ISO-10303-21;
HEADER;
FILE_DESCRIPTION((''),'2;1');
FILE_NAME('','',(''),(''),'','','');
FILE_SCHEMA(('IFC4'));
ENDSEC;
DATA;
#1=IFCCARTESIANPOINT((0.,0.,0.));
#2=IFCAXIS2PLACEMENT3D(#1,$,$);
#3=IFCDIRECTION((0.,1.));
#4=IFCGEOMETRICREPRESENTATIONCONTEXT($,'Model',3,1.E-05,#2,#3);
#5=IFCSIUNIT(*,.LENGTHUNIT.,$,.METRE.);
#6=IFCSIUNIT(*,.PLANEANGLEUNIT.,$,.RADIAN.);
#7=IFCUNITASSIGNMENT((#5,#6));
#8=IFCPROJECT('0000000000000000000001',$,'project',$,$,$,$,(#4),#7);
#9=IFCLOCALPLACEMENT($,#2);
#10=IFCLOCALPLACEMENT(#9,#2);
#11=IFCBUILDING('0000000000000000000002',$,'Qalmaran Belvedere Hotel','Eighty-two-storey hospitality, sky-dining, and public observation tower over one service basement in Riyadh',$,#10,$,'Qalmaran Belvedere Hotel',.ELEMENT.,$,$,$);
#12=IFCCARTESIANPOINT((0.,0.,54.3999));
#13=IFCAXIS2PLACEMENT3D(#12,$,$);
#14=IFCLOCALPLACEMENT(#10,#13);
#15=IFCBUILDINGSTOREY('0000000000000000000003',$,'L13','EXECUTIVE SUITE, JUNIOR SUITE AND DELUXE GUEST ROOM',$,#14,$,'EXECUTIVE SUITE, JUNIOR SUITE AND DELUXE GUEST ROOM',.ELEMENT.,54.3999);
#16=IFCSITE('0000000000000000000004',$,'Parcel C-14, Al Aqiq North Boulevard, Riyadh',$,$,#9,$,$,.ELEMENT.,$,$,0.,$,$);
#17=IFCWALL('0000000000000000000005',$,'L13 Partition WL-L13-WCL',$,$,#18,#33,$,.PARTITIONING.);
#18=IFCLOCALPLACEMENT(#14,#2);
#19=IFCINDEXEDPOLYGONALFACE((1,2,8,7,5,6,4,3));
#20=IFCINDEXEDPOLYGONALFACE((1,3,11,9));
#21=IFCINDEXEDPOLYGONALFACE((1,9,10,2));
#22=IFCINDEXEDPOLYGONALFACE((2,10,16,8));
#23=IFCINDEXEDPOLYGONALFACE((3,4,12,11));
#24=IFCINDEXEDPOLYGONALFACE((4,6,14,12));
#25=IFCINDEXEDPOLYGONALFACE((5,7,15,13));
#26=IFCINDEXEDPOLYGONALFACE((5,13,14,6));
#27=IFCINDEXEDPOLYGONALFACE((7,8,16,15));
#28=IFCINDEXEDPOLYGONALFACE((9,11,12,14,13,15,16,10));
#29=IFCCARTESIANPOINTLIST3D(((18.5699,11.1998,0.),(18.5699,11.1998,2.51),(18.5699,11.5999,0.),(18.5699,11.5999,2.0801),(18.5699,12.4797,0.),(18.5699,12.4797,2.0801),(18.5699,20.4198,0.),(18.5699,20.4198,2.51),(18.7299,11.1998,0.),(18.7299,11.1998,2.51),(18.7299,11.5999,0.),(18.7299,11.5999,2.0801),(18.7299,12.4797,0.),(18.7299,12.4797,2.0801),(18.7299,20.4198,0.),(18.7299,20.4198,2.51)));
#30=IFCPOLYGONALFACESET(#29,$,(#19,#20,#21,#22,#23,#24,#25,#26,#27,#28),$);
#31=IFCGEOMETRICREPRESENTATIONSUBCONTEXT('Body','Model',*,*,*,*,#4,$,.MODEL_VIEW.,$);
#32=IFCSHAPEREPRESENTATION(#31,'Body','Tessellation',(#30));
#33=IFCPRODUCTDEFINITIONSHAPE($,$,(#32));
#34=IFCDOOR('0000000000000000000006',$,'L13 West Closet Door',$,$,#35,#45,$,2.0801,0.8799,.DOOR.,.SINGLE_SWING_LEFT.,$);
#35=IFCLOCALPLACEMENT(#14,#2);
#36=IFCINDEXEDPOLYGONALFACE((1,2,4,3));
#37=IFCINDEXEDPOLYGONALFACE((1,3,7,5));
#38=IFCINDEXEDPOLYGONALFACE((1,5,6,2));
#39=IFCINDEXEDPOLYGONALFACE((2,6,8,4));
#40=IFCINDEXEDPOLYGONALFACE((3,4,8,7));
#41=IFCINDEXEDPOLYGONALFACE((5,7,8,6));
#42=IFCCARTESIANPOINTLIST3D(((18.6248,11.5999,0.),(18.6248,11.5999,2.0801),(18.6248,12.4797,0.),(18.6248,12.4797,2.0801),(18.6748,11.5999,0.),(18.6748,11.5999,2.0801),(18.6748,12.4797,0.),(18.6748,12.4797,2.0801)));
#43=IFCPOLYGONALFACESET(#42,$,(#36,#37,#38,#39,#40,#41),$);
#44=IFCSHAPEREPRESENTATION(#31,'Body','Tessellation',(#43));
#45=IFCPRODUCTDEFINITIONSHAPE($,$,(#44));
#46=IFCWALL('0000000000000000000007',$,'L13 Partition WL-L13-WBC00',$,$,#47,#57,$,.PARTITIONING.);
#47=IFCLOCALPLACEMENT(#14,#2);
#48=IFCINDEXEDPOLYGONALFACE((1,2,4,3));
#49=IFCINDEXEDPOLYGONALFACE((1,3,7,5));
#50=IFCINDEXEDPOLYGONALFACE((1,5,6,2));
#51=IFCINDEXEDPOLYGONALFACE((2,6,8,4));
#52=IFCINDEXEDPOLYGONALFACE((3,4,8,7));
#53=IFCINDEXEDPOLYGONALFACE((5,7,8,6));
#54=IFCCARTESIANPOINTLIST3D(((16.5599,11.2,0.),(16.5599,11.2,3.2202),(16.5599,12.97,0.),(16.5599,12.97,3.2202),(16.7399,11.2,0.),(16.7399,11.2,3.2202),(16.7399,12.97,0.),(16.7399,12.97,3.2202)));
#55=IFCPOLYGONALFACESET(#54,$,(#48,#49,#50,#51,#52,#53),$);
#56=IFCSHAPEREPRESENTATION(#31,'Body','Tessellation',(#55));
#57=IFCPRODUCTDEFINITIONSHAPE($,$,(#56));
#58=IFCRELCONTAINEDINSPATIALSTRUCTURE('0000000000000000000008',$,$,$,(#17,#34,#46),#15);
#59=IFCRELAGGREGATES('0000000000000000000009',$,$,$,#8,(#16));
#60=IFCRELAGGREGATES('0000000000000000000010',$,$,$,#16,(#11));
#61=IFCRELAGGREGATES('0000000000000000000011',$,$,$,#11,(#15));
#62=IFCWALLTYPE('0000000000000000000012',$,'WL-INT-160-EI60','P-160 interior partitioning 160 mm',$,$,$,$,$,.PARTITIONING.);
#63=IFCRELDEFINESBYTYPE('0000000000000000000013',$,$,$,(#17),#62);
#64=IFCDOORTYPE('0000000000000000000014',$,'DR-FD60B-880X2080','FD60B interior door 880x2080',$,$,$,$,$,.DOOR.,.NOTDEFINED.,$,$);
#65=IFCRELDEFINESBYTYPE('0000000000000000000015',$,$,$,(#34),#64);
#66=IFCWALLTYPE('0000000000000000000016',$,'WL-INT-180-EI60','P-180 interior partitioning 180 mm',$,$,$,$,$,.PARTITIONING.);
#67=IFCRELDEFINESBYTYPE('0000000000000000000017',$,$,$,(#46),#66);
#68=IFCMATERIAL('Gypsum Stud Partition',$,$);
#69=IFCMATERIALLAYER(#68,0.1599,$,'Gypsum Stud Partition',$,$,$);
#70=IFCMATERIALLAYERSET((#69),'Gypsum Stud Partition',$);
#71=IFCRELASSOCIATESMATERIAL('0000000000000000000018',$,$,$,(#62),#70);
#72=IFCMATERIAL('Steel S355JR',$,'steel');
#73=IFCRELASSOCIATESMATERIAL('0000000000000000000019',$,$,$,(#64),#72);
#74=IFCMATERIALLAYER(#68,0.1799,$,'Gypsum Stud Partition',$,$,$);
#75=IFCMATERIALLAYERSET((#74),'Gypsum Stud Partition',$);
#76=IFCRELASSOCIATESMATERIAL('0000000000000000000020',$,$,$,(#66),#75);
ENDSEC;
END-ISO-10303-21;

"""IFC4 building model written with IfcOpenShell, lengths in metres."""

from ifc_helpers import new_model, si_unit, direction, frame, frame_2d, origin, place, context, subcontext, project, spatial, rectangle, extrude, material, layer, layer_set, type_object, element, fill, save


model = new_model("IFC4")

# Units and contexts
model_context = context("Model", 3, precision=1e-05, world=origin(), true_north=direction((0.0, 1.0)))
body_context = subcontext(model_context, "Body", "Model", "MODEL_VIEW")
ifc_project = project(units=[si_unit("LENGTHUNIT", "METRE"), si_unit("PLANEANGLEUNIT", "RADIAN")], contexts=[model_context])

# Site, building, storey
site_placement = place(None, origin())
site = spatial("IfcSite", under=ifc_project, at=site_placement, Name="Parcel C-14, Al Aqiq North Boulevard, Riyadh", CompositionType="ELEMENT", RefElevation=0.0)
building_placement = place(site_placement, origin())
building = spatial("IfcBuilding", under=site, at=building_placement, Name="Qalmaran Belvedere Hotel", Description="Eighty-two-storey hospitality, sky-dining, and public observation tower over one service basement in Riyadh", LongName="Qalmaran Belvedere Hotel", CompositionType="ELEMENT")
storey_placement = place(building_placement, frame((0.0, 0.0, 54.3999)))
storey = spatial("IfcBuildingStorey", under=building, at=storey_placement, Name="L13", Description="EXECUTIVE SUITE, JUNIOR SUITE AND DELUXE GUEST ROOM", LongName="EXECUTIVE SUITE, JUNIOR SUITE AND DELUXE GUEST ROOM", CompositionType="ELEMENT", Elevation=54.3999)

# Shared definitions
ifc_material_1 = material(Name="Steel S355JR", Category="steel")

# Wall, opening, door
ifc_material_2 = material(Name="Gypsum Stud Partition")
ifc_layer_1 = layer(ifc_material_2, 0.1599, Name="Gypsum Stud Partition")
ifc_layer_set_1 = layer_set([ifc_layer_1], Name="Gypsum Stud Partition")
wall_type_1 = type_object("IfcWallType", Name="WL-INT-160-EI60", Description="P-160 interior partitioning 160 mm", PredefinedType="PARTITIONING", material=ifc_layer_set_1)
wall_1_placement = place(storey_placement, frame((18.6499, 11.2, 0.0), z_axis=(0.0, 0.0, 1.0), x_axis=(0.0, 1.0, 0.0)))
wall_1 = element("IfcWall", 1, at=wall_1_placement, inside=storey, type_object=wall_type_1, Name="L13 Partition WL-L13-WCL", PredefinedType="PARTITIONING", context=body_context, shape_type="SweptSolid", body=[
    extrude(rectangle(XDim=9.22, YDim=0.1599, at=frame_2d((4.6099, 0.0))), origin(), (0.0, 0.0, 1.0), 2.51),
])
opening_1_placement = place(wall_1_placement, frame((1.2798, 0.0, 0.0), z_axis=(0.0, 0.0, 1.0), x_axis=(-1.0, 0.0, 0.0)))
opening_1 = element("IfcOpeningElement", 2, at=opening_1_placement, cuts=wall_1, PredefinedType="OPENING", context=body_context, shape_type="SweptSolid", body=[
    extrude(rectangle(XDim=0.8799, YDim=2.0801, at=frame_2d((0.4399, 1.04))), frame((0.0, 0.0898, 0.0), z_axis=(0.0, -1.0, 0.0), x_axis=(1.0, 0.0, 0.0)), (0.0, 0.0, 1.0), 0.1799),
])
door_type_1 = type_object("IfcDoorType", Name="DR-FD60B-880X2080", Description="FD60B interior door 880x2080", OperationType="NOTDEFINED", PredefinedType="DOOR", material=ifc_material_1)
door_1_placement = place(opening_1_placement, origin())
door_1 = element("IfcDoor", 3, at=door_1_placement, inside=storey, type_object=door_type_1, Name="L13 West Closet Door", OperationType="SINGLE_SWING_LEFT", OverallHeight=2.0801, OverallWidth=0.8799, PredefinedType="DOOR", context=body_context, shape_type="SweptSolid", body=[
    extrude(rectangle(XDim=0.8799, YDim=2.0801, at=frame_2d((0.4399, 1.04))), frame((0.0, 0.0249, 0.0), z_axis=(0.0, -1.0, 0.0), x_axis=(1.0, 0.0, 0.0)), (0.0, 0.0, 1.0), 0.05),
])
fill(opening_1, door_1)

# Wall
ifc_layer_2 = layer(ifc_material_2, 0.1799, Name="Gypsum Stud Partition")
ifc_layer_set_2 = layer_set([ifc_layer_2], Name="Gypsum Stud Partition")
wall_type_2 = type_object("IfcWallType", Name="WL-INT-180-EI60", Description="P-180 interior partitioning 180 mm", PredefinedType="PARTITIONING", material=ifc_layer_set_2)
wall_2_placement = place(storey_placement, frame((16.6499, 11.2, 0.0), z_axis=(0.0, 0.0, 1.0), x_axis=(0.0, 1.0, 0.0)))
element("IfcWall", 4, at=wall_2_placement, inside=storey, type_object=wall_type_2, Name="L13 Partition WL-L13-WBC00", PredefinedType="PARTITIONING", context=body_context, shape_type="SweptSolid", body=[
    extrude(rectangle(XDim=1.77, YDim=0.1799, at=frame_2d((0.885, 0.0))), origin(), (0.0, 0.0, 1.0), 3.2202),
])

save(model, "model.ifc")
